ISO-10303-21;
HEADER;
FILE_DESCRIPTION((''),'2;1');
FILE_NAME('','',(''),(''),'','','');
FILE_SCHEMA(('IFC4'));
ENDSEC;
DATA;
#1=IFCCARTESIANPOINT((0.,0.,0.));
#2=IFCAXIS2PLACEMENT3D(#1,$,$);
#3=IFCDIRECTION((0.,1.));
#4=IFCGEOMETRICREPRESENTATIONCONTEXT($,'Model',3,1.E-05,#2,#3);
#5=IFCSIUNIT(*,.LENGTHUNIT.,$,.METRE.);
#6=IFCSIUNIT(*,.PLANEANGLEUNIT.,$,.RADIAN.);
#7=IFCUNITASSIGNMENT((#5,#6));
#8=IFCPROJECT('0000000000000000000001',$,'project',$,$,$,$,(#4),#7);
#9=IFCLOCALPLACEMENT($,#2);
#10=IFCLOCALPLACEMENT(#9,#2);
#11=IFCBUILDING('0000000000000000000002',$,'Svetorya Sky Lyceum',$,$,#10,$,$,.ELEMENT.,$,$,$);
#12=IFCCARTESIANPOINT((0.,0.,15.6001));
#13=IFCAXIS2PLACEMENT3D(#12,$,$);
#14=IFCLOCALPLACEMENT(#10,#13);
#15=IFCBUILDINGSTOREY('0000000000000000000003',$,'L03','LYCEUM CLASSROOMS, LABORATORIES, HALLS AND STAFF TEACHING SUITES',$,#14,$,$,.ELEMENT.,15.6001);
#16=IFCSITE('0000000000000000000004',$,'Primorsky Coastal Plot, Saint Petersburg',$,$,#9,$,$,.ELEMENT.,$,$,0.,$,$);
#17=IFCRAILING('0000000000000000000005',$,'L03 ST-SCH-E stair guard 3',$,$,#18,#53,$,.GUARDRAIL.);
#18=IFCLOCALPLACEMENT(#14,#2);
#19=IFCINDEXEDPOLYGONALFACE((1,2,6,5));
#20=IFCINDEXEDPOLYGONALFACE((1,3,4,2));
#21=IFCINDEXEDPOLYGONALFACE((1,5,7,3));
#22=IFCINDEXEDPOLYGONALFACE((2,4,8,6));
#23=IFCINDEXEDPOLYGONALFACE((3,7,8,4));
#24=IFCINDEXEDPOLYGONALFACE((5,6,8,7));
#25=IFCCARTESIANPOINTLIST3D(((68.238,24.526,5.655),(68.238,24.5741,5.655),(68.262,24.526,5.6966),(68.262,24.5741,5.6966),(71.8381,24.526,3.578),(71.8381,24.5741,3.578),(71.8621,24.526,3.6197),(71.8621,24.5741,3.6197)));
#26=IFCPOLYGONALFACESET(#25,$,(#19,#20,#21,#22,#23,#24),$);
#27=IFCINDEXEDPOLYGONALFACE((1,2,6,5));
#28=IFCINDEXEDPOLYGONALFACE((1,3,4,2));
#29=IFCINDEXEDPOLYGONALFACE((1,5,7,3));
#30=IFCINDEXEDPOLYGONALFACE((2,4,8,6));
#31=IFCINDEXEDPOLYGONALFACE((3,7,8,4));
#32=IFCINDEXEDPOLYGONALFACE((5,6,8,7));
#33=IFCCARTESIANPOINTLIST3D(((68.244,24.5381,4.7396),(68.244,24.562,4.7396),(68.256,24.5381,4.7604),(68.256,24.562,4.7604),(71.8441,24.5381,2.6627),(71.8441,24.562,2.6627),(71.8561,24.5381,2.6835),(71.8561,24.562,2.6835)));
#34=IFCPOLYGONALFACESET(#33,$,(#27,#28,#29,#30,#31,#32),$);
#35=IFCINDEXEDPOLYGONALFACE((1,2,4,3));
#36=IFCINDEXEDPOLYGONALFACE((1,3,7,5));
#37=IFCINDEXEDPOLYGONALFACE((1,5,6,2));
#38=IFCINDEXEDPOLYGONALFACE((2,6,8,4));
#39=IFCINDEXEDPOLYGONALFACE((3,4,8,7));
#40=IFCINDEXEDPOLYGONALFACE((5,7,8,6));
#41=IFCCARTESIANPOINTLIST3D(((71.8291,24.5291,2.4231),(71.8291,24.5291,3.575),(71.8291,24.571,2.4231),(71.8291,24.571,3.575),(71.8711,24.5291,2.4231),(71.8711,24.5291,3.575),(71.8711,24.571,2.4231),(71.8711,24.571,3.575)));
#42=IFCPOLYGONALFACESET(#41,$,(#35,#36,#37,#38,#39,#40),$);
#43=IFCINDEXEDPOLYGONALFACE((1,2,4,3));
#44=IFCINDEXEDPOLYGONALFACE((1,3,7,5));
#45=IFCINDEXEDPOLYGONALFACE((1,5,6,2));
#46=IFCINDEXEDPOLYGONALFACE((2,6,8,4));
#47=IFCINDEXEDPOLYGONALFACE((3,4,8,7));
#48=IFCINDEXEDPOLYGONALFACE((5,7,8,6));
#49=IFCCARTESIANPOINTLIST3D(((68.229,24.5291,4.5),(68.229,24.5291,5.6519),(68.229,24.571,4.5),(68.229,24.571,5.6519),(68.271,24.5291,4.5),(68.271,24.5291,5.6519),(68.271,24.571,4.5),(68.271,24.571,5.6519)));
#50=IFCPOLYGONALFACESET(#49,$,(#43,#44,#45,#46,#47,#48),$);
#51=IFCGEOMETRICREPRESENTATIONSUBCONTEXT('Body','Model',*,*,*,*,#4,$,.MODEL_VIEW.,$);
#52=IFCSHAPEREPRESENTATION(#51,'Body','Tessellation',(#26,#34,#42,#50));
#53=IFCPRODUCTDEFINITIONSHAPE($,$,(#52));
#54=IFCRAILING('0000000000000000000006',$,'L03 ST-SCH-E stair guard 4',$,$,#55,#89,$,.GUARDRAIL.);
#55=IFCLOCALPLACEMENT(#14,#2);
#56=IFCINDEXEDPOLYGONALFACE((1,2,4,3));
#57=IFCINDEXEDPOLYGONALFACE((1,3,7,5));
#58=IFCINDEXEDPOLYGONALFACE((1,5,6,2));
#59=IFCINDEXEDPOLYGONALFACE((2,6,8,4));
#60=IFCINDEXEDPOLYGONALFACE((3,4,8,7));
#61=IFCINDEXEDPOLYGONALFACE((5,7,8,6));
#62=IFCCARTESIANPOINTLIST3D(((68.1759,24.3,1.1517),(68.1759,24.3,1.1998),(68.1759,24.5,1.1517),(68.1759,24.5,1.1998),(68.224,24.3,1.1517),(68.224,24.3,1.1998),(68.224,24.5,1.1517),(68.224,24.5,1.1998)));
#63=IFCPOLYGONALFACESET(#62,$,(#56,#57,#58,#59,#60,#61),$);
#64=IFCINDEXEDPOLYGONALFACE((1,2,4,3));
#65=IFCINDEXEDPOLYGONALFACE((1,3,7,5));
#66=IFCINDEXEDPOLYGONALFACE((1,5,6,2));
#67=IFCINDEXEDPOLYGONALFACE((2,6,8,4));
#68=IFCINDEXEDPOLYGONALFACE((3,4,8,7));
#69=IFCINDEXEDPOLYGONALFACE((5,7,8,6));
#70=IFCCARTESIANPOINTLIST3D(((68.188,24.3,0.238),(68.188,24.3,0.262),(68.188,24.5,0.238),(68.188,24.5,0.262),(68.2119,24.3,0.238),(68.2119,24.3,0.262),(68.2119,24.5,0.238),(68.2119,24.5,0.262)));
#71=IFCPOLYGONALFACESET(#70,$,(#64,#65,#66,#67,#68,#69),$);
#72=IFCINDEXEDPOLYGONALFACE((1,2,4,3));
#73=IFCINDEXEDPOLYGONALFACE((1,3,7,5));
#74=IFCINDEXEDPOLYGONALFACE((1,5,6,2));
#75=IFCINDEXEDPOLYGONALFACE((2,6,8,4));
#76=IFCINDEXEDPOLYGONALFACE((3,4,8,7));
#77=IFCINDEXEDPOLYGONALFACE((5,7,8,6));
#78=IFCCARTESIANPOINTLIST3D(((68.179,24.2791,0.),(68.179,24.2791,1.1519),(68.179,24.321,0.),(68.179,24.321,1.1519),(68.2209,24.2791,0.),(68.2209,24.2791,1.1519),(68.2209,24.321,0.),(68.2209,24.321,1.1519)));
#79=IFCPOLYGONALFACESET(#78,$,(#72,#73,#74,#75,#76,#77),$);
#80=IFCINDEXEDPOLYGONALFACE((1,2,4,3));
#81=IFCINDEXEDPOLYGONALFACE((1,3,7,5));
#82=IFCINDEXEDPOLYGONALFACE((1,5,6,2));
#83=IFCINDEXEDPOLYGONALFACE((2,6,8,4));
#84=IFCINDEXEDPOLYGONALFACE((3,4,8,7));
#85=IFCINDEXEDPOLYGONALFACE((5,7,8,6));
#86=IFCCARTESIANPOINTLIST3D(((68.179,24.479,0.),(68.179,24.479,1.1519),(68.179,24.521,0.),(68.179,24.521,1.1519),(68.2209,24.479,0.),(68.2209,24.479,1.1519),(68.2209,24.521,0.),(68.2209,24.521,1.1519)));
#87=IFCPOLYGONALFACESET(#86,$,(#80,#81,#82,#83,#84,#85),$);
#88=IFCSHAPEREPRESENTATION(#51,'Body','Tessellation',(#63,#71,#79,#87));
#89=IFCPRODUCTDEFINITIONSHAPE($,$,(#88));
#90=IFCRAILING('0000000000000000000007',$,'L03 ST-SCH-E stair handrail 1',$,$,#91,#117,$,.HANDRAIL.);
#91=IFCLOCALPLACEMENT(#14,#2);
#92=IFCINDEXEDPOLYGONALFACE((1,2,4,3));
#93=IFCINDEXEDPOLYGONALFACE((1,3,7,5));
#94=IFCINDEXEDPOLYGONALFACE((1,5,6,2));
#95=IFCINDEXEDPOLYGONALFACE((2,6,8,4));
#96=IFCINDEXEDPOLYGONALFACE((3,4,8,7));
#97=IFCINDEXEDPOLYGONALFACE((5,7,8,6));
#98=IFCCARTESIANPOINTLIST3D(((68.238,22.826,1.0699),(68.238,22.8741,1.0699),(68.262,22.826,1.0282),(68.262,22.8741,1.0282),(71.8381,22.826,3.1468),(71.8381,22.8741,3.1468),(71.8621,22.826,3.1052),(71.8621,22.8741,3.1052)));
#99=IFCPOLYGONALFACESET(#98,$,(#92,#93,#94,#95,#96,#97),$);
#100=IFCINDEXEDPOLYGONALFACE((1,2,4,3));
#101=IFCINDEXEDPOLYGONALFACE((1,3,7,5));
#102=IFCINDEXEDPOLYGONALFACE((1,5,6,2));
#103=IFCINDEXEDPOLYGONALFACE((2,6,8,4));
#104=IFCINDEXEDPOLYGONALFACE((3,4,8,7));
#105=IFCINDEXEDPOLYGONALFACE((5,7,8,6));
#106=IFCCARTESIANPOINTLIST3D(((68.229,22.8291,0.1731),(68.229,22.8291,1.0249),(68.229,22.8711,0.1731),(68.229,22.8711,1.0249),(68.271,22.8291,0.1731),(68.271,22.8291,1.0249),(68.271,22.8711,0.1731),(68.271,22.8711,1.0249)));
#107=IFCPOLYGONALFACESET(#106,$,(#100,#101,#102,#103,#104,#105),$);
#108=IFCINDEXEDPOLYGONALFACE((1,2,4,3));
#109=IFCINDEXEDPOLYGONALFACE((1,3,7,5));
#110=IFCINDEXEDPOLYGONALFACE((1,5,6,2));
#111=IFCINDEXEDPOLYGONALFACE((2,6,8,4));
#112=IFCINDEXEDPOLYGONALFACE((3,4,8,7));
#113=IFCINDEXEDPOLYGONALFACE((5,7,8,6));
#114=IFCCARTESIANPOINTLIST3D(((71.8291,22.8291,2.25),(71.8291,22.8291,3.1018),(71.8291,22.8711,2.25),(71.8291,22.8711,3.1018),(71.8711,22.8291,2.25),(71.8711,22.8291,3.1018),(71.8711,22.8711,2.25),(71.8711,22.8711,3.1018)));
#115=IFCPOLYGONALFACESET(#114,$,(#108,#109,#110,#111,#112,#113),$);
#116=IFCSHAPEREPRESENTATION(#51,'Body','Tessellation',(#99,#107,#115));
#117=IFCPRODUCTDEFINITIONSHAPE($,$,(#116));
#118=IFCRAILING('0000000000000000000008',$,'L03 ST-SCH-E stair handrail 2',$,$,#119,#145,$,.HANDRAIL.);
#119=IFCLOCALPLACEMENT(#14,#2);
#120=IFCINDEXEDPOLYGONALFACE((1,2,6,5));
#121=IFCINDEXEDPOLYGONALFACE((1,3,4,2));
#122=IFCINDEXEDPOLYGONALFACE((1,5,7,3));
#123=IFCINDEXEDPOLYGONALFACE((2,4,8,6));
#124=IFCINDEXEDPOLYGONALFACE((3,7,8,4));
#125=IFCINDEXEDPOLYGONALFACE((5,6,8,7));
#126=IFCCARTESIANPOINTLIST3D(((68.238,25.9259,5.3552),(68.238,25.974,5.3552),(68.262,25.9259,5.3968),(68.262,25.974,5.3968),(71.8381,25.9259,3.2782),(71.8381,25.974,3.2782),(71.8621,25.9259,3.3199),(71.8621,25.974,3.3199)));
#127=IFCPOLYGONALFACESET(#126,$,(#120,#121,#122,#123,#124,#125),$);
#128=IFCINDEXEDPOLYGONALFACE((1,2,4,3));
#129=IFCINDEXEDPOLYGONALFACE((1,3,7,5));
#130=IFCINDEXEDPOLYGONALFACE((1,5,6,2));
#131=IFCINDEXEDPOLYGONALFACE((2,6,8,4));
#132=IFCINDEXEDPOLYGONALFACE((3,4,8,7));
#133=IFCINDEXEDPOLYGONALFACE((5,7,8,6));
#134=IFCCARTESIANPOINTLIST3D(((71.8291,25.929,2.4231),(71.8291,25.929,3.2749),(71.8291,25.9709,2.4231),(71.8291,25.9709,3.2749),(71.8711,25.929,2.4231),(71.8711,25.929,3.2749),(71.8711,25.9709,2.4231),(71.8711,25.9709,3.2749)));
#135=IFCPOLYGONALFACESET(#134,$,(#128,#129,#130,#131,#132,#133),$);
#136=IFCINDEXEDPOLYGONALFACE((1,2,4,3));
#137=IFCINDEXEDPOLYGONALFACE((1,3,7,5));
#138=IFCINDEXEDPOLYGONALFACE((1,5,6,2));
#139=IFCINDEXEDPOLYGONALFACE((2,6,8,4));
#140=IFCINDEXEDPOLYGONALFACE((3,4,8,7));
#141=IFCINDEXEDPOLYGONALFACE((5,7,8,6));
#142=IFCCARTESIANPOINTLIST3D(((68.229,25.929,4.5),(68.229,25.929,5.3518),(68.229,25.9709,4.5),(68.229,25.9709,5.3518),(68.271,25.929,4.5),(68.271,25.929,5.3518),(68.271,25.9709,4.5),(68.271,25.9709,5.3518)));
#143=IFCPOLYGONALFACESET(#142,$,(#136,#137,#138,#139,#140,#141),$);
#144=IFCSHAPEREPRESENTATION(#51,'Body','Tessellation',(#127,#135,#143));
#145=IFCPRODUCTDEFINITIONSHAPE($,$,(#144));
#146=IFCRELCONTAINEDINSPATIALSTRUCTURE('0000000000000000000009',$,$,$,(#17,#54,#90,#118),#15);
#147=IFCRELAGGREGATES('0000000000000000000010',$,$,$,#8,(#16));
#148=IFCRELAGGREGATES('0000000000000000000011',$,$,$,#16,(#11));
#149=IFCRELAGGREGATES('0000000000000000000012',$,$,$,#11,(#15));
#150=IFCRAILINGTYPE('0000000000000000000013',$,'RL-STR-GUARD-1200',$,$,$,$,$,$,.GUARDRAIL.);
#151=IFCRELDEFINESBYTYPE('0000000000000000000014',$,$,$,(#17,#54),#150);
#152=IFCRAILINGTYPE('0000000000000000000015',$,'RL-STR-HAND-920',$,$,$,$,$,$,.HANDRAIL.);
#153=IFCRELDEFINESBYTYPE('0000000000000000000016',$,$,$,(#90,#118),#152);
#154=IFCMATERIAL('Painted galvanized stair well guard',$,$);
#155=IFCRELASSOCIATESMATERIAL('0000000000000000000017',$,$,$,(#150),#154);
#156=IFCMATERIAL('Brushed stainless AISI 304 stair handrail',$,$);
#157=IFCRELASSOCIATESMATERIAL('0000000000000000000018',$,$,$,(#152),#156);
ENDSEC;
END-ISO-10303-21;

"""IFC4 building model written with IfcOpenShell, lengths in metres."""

from ifc_helpers import new_model, si_unit, direction, frame, origin, origin_2d, place, context, subcontext, project, spatial, rectangle, extrude, material, type_object, element, save


model = new_model("IFC4")

# Units and contexts
model_context = context("Model", 3, precision=1e-05, world=origin(), true_north=direction((0.0, 1.0)))
body_context = subcontext(model_context, "Body", "Model", "MODEL_VIEW")
ifc_project = project(units=[si_unit("LENGTHUNIT", "METRE"), si_unit("PLANEANGLEUNIT", "RADIAN")], contexts=[model_context])

# Site, building, storey
site_placement = place(None, origin())
site = spatial("IfcSite", under=ifc_project, at=site_placement, Name="Primorsky Coastal Plot, Saint Petersburg", CompositionType="ELEMENT", RefElevation=0.0)
building_placement = place(site_placement, origin())
building = spatial("IfcBuilding", under=site, at=building_placement, Name="Svetorya Sky Lyceum", CompositionType="ELEMENT")
storey_placement = place(building_placement, frame((0.0, 0.0, 15.6001)))
storey = spatial("IfcBuildingStorey", under=building, at=storey_placement, Name="L03", Description="LYCEUM CLASSROOMS, LABORATORIES, HALLS AND STAFF TEACHING SUITES", CompositionType="ELEMENT", Elevation=15.6001)

# Railings
ifc_material_1 = material(Name="Painted galvanized stair well guard")
railing_type_1 = type_object("IfcRailingType", Name="RL-STR-GUARD-1200", PredefinedType="GUARDRAIL", material=ifc_material_1)
railing_1_placement = place(storey_placement, frame((71.8501, 24.55, 2.4231)))
element("IfcRailing", 1, at=railing_1_placement, inside=storey, type_object=railing_type_1, Name="L03 ST-SCH-E stair guard 3", PredefinedType="GUARDRAIL", context=body_context, shape_type="SweptSolid", body=[
    extrude(rectangle(XDim=0.0481, YDim=0.0481, at=origin_2d()), frame((0.0, 0.0, 1.1758), z_axis=(-0.866193, 0.0, 0.499709), x_axis=(0.0, -1.0, 0.0)), (0.0, 0.0, 1.0), 4.1562),
    extrude(rectangle(XDim=0.0239, YDim=0.0239, at=origin_2d()), frame((0.0, 0.0, 0.25), z_axis=(-0.866193, 0.0, 0.499709), x_axis=(0.0, -1.0, 0.0)), (0.0, 0.0, 1.0), 4.1562),
    extrude(rectangle(XDim=0.042, YDim=0.042, at=origin_2d()), origin(), (0.0, 0.0, 1.0), 1.1519),
    extrude(rectangle(XDim=0.042, YDim=0.042, at=origin_2d()), frame((-3.6001, 0.0, 2.0769)), (0.0, 0.0, 1.0), 1.1519),
])
railing_2_placement = place(storey_placement, frame((68.2, 24.3, 0.0)))
element("IfcRailing", 2, at=railing_2_placement, inside=storey, type_object=railing_type_1, Name="L03 ST-SCH-E stair guard 4", PredefinedType="GUARDRAIL", context=body_context, shape_type="SweptSolid", body=[
    extrude(rectangle(XDim=0.0481, YDim=0.0481, at=origin_2d()), frame((0.0, 0.0, 1.1758), z_axis=(0.0, 1.0, 0.0), x_axis=(-1.0, 0.0, 0.0)), (0.0, 0.0, 1.0), 0.2),
    extrude(rectangle(XDim=0.0239, YDim=0.0239, at=origin_2d()), frame((0.0, 0.0, 0.25), z_axis=(0.0, 1.0, 0.0), x_axis=(-1.0, 0.0, 0.0)), (0.0, 0.0, 1.0), 0.2),
    extrude(rectangle(XDim=0.042, YDim=0.042, at=origin_2d()), origin(), (0.0, 0.0, 1.0), 1.1519),
    extrude(rectangle(XDim=0.042, YDim=0.042, at=origin_2d()), frame((0.0, 0.2, 0.0)), (0.0, 0.0, 1.0), 1.1519),
])
ifc_material_2 = material(Name="Brushed stainless AISI 304 stair handrail")
railing_type_2 = type_object("IfcRailingType", Name="RL-STR-HAND-920", PredefinedType="HANDRAIL", material=ifc_material_2)
railing_3_placement = place(storey_placement, frame((68.25, 22.8501, 0.1731)))
element("IfcRailing", 3, at=railing_3_placement, inside=storey, type_object=railing_type_2, Name="L03 ST-SCH-E stair handrail 1", PredefinedType="HANDRAIL", context=body_context, shape_type="SweptSolid", body=[
    extrude(rectangle(XDim=0.0481, YDim=0.0481, at=origin_2d()), frame((0.0, 0.0, 0.876), z_axis=(0.866193, 0.0, 0.499709), x_axis=(0.0, 1.0, 0.0)), (0.0, 0.0, 1.0), 4.1562),
    extrude(rectangle(XDim=0.042, YDim=0.042, at=origin_2d()), origin(), (0.0, 0.0, 1.0), 0.8518),
    extrude(rectangle(XDim=0.042, YDim=0.042, at=origin_2d()), frame((3.6001, 0.0, 2.0769)), (0.0, 0.0, 1.0), 0.8518),
])
railing_4_placement = place(storey_placement, frame((71.8501, 25.95, 2.4231)))
element("IfcRailing", 4, at=railing_4_placement, inside=storey, type_object=railing_type_2, Name="L03 ST-SCH-E stair handrail 2", PredefinedType="HANDRAIL", context=body_context, shape_type="SweptSolid", body=[
    extrude(rectangle(XDim=0.0481, YDim=0.0481, at=origin_2d()), frame((0.0, 0.0, 0.876), z_axis=(-0.866193, 0.0, 0.499709), x_axis=(0.0, -1.0, 0.0)), (0.0, 0.0, 1.0), 4.1562),
    extrude(rectangle(XDim=0.042, YDim=0.042, at=origin_2d()), origin(), (0.0, 0.0, 1.0), 0.8518),
    extrude(rectangle(XDim=0.042, YDim=0.042, at=origin_2d()), frame((-3.6001, 0.0, 2.0769)), (0.0, 0.0, 1.0), 0.8518),
])

save(model, "model.ifc")
